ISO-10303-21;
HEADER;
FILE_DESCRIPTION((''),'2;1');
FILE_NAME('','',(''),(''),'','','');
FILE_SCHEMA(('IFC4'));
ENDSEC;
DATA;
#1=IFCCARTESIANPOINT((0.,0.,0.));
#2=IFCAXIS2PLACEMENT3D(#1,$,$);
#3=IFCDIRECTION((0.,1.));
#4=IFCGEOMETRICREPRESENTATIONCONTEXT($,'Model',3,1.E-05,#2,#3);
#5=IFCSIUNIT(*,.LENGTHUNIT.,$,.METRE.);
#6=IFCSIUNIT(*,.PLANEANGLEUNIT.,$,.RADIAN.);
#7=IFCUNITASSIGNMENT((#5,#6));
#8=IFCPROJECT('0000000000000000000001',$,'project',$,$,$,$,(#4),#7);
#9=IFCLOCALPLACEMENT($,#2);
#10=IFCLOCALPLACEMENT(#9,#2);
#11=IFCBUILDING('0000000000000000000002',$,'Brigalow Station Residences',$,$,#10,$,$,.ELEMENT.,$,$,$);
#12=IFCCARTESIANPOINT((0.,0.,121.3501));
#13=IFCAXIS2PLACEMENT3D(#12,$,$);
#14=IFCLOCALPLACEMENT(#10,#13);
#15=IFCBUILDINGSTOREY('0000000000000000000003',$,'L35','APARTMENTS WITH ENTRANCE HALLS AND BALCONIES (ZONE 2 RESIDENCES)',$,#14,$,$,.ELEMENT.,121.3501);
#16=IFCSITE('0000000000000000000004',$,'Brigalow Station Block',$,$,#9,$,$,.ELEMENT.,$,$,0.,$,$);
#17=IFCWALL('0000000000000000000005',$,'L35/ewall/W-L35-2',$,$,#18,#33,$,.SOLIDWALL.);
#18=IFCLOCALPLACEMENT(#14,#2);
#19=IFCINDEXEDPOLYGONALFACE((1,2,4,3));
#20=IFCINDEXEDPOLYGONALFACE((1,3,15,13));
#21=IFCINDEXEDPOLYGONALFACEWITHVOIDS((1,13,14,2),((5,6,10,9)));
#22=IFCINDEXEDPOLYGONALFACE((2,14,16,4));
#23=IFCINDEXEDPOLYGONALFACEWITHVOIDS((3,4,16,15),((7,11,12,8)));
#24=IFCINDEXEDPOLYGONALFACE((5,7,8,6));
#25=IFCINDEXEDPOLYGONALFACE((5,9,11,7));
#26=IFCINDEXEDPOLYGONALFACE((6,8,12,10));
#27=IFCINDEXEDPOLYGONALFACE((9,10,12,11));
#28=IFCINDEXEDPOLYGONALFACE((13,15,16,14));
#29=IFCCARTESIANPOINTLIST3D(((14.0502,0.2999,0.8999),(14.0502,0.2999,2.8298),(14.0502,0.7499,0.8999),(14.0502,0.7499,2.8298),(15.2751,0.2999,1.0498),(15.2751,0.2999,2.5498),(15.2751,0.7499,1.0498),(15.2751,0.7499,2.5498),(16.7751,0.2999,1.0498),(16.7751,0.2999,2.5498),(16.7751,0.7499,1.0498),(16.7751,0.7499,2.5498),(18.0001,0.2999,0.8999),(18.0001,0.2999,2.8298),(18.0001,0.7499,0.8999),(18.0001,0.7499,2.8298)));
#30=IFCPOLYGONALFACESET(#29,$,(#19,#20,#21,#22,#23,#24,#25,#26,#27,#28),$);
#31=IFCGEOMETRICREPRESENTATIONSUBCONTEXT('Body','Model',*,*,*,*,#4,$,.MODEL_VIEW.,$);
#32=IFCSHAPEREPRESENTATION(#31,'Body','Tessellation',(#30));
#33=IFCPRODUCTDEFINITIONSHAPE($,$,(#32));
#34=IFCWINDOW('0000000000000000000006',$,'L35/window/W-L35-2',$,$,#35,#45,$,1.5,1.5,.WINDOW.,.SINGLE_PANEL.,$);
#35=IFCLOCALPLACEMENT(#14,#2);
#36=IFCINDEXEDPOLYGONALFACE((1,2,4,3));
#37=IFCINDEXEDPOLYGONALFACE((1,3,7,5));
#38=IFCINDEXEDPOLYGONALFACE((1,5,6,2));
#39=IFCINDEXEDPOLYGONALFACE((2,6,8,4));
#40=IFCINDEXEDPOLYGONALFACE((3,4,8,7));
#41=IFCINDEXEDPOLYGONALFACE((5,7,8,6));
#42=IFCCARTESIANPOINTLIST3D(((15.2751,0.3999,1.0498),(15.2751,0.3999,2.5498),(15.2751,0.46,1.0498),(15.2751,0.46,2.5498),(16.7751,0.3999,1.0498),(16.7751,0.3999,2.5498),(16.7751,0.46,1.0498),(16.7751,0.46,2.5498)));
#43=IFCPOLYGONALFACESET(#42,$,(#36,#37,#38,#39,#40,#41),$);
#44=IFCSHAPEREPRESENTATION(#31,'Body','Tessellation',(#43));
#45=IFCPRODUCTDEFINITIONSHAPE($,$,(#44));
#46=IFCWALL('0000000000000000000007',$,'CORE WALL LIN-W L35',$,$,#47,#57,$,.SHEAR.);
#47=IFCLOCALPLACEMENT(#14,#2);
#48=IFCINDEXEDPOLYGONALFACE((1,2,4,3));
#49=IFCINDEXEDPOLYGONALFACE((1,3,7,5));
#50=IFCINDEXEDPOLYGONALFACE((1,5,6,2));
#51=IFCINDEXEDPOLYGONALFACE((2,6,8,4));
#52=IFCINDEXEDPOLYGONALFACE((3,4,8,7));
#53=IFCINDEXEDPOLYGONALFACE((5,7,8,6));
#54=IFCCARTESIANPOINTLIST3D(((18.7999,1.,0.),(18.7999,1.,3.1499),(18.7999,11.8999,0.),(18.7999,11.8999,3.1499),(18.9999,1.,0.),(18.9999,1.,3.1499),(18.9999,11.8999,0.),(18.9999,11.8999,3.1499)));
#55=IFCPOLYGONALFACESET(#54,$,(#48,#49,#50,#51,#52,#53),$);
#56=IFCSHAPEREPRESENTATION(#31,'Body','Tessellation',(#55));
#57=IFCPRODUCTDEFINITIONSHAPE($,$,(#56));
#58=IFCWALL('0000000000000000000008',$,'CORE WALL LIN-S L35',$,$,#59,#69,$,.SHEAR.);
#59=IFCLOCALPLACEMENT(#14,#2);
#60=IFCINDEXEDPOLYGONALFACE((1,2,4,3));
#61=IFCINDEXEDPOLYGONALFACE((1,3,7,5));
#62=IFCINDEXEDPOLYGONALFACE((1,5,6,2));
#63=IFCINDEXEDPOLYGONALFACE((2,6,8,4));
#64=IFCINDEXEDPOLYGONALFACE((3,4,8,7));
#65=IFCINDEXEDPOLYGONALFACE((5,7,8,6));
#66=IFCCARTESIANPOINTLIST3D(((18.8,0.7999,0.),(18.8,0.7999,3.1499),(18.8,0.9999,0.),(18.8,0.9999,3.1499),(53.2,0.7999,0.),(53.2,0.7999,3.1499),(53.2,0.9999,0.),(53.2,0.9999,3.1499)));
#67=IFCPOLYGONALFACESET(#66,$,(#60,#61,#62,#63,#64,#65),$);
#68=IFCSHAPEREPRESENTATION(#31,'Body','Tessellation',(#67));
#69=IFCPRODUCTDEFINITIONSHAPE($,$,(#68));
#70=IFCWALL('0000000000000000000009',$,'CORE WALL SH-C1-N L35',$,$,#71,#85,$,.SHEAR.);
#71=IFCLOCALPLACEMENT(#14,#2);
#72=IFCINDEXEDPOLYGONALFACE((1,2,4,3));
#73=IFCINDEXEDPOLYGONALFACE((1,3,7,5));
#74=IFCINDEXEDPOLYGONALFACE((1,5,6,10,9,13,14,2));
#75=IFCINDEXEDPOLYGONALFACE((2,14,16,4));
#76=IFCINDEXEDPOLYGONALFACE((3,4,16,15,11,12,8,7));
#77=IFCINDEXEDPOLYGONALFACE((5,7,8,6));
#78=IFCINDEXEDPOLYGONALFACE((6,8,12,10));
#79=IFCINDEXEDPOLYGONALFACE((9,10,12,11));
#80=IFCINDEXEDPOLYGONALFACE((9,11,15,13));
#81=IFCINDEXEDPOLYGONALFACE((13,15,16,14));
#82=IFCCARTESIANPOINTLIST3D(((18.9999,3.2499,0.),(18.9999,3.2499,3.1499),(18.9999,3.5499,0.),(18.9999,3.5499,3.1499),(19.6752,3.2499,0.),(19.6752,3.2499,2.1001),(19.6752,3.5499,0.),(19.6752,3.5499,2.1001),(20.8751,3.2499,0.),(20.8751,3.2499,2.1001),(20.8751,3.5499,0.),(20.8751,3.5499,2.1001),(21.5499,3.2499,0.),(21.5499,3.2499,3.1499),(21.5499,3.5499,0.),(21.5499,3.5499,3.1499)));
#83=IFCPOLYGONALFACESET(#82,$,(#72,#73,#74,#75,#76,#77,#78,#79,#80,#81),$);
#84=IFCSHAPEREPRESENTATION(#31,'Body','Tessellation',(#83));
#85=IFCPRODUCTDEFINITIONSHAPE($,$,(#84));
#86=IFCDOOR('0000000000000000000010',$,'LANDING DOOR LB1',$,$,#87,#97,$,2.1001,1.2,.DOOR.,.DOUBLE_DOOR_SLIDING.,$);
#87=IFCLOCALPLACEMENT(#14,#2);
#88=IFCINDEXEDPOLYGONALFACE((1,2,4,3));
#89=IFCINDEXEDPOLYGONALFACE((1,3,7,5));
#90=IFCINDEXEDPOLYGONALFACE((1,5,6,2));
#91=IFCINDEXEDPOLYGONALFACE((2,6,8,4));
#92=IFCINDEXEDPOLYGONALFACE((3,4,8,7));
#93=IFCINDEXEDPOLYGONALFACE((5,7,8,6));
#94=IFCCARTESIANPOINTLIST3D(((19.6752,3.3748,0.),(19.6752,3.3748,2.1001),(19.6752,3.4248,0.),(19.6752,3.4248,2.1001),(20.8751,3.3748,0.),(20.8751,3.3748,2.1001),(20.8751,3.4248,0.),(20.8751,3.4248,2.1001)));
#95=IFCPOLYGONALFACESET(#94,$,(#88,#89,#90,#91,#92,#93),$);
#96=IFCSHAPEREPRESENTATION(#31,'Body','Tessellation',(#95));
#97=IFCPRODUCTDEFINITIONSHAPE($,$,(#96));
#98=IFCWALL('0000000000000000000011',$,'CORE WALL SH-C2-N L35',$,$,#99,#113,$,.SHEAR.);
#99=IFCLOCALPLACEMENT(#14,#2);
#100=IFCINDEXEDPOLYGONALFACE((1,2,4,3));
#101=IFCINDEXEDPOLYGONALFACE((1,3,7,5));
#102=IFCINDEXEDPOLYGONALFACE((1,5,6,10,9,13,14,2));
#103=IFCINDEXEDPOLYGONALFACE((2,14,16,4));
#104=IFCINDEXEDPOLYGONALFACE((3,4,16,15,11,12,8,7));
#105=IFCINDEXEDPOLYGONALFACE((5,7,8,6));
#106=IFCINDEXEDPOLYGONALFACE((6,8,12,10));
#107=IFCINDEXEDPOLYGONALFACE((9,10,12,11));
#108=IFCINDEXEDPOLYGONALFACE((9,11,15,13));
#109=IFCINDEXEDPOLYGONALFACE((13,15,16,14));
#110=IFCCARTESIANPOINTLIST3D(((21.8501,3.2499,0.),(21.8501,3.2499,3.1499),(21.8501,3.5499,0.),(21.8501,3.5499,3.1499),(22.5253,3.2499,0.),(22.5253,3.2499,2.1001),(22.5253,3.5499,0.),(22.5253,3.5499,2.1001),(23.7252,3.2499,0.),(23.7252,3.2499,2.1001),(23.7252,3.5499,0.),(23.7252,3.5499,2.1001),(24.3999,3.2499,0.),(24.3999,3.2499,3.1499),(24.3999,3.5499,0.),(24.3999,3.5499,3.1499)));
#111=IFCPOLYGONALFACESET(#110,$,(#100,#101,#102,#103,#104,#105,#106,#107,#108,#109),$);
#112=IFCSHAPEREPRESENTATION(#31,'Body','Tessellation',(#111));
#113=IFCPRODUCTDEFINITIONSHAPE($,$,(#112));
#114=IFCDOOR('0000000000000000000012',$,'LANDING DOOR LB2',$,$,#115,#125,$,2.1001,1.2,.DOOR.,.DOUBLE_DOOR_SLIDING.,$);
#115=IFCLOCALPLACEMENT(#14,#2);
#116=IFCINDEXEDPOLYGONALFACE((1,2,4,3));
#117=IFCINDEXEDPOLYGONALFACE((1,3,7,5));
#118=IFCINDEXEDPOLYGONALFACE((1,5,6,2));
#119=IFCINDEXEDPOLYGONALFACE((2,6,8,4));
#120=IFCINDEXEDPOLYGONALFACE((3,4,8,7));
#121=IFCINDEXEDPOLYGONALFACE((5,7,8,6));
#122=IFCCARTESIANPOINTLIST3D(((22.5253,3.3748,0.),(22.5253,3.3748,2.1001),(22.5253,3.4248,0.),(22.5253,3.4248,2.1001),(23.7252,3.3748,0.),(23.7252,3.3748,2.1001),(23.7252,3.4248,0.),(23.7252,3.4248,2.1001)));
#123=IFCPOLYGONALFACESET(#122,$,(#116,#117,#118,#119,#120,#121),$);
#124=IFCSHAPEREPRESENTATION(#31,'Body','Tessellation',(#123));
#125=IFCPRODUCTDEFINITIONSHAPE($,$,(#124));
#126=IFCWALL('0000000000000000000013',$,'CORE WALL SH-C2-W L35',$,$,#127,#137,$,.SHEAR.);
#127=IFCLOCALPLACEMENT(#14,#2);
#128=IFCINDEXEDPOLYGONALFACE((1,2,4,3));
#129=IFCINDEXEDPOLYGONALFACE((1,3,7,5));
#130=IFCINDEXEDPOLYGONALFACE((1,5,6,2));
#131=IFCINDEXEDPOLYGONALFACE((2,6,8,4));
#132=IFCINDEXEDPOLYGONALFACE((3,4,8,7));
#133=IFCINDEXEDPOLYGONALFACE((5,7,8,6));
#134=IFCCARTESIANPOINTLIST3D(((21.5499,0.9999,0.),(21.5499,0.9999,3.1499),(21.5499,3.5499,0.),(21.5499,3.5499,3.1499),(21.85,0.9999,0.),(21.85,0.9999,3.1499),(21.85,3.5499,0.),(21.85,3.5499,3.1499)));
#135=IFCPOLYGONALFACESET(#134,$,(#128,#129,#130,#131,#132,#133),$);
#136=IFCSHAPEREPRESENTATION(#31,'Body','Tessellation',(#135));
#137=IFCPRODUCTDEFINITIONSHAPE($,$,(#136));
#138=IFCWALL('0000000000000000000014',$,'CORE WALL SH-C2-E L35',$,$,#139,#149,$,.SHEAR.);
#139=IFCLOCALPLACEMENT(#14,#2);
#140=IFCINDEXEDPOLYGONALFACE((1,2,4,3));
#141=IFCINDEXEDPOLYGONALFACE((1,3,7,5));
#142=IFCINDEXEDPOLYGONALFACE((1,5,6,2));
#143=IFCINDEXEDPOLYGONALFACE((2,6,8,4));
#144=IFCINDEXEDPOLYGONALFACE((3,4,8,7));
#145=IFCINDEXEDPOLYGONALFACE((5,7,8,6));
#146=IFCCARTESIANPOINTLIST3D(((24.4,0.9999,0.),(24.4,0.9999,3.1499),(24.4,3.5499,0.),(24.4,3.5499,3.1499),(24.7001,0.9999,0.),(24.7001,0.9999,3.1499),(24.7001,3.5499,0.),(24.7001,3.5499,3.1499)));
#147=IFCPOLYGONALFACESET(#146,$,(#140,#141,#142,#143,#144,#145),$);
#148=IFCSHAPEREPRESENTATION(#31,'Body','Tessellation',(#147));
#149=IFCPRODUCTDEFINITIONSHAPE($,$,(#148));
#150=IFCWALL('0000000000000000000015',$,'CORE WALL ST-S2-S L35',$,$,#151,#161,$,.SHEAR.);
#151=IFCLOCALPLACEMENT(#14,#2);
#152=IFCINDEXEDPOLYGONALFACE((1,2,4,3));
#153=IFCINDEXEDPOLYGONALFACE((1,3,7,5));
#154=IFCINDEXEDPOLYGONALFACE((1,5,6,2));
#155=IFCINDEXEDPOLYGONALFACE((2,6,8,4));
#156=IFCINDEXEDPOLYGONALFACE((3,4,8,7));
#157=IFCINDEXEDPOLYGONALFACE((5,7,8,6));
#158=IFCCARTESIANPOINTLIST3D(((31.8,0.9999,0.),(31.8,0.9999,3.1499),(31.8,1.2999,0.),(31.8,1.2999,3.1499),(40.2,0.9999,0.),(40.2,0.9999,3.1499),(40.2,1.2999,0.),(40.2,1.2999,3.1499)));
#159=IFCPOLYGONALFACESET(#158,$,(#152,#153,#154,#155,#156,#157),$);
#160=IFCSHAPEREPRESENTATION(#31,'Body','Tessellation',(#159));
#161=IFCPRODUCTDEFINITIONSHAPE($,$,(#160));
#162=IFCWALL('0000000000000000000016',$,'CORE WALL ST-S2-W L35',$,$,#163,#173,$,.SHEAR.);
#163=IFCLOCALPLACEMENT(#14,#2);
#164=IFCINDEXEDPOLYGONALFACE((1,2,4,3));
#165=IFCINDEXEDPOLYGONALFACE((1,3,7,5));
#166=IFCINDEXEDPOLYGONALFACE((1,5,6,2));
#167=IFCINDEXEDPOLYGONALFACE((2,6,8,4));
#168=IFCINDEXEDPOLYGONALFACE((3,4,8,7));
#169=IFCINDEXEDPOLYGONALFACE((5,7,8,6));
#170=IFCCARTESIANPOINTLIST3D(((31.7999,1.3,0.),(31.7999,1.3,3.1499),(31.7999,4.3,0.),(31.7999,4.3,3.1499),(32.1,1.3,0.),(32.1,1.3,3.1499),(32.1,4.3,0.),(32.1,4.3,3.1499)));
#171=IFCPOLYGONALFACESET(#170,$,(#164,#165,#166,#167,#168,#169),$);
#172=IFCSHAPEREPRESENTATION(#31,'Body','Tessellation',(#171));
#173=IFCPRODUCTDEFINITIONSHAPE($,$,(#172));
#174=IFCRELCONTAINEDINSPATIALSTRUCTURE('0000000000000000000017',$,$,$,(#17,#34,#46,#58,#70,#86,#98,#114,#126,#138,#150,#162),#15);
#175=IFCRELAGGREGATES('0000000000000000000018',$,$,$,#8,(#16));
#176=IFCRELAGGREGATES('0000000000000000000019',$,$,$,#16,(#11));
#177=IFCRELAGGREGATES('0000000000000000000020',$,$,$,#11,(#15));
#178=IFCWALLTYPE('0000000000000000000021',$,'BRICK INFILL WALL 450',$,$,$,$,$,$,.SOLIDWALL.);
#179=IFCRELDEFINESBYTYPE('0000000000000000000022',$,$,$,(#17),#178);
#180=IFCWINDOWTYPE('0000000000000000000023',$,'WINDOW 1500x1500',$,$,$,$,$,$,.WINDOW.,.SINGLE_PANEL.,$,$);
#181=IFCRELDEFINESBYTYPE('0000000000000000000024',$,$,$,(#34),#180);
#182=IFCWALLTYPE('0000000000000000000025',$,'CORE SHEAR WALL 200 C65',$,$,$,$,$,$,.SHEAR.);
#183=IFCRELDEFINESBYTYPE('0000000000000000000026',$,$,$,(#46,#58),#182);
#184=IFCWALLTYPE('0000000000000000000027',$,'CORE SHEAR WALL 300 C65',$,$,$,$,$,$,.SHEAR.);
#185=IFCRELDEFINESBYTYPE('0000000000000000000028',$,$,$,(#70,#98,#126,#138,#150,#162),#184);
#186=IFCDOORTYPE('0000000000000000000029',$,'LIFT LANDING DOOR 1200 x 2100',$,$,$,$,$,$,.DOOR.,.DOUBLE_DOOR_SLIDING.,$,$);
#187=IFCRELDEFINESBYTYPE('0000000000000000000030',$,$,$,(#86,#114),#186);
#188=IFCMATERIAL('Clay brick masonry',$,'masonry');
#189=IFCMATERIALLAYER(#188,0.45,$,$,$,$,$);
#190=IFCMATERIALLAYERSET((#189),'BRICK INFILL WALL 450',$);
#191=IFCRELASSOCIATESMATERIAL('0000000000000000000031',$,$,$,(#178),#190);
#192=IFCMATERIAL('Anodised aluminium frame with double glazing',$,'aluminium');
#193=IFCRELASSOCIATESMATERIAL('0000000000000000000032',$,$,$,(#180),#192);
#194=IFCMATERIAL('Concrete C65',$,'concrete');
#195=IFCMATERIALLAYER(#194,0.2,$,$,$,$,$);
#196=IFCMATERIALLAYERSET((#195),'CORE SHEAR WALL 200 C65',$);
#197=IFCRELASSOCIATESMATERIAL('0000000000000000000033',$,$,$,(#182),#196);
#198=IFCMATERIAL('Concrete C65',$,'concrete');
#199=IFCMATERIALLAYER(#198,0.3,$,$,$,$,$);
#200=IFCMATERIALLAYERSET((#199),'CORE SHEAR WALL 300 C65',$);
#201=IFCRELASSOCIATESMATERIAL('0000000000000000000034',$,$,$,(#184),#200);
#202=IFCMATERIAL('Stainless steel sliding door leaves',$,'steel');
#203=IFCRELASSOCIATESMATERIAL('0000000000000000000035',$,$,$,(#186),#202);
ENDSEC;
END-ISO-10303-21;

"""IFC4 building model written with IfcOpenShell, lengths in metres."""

from ifc_helpers import new_model, si_unit, direction, frame, frame_2d, origin, place, context, subcontext, project, spatial, rectangle, extrude, material, layer, layer_set, type_object, element, fill, save


model = new_model("IFC4")

# Units and contexts
model_context = context("Model", 3, precision=1e-05, world=origin(), true_north=direction((0.0, 1.0)))
body_context = subcontext(model_context, "Body", "Model", "MODEL_VIEW")
ifc_project = project(units=[si_unit("LENGTHUNIT", "METRE"), si_unit("PLANEANGLEUNIT", "RADIAN")], contexts=[model_context])

# Site, building, storey
site_placement = place(None, origin())
site = spatial("IfcSite", under=ifc_project, at=site_placement, Name="Brigalow Station Block", CompositionType="ELEMENT", RefElevation=0.0)
building_placement = place(site_placement, origin())
building = spatial("IfcBuilding", under=site, at=building_placement, Name="Brigalow Station Residences", CompositionType="ELEMENT")
storey_placement = place(building_placement, frame((0.0, 0.0, 121.3501)))
storey = spatial("IfcBuildingStorey", under=building, at=storey_placement, Name="L35", Description="APARTMENTS WITH ENTRANCE HALLS AND BALCONIES (ZONE 2 RESIDENCES)", CompositionType="ELEMENT", Elevation=121.3501)

# Wall, opening, window
ifc_material_1 = material(Name="Clay brick masonry", Category="masonry")
ifc_layer_1 = layer(ifc_material_1, 0.45)
ifc_layer_set_1 = layer_set([ifc_layer_1], Name="BRICK INFILL WALL 450")
wall_type_1 = type_object("IfcWallType", Name="BRICK INFILL WALL 450", PredefinedType="SOLIDWALL", material=ifc_layer_set_1)
wall_1_placement = place(storey_placement, frame((14.05, 0.5249, 0.8999), z_axis=(0.0, 0.0, 1.0), x_axis=(1.0, 0.0, 0.0)))
wall_1 = element("IfcWall", 1, at=wall_1_placement, inside=storey, type_object=wall_type_1, Name="L35/ewall/W-L35-2", PredefinedType="SOLIDWALL", context=body_context, shape_type="SweptSolid", body=[
    extrude(rectangle(XDim=3.95, YDim=0.45, at=frame_2d((1.9751, 0.0))), origin(), (0.0, 0.0, 1.0), 1.9299),
])
opening_1_placement = place(wall_1_placement, frame((1.2251, 0.0, 0.1499)))
opening_1 = element("IfcOpeningElement", 2, at=opening_1_placement, cuts=wall_1, PredefinedType="OPENING", context=body_context, shape_type="SweptSolid", body=[
    extrude(rectangle(XDim=1.5, YDim=1.5, at=frame_2d((0.75, 0.75))), frame((0.0, 0.2349, 0.0), z_axis=(0.0, -1.0, 0.0), x_axis=(1.0, 0.0, 0.0)), (0.0, 0.0, 1.0), 0.47),
])
ifc_material_2 = material(Name="Anodised aluminium frame with double glazing", Category="aluminium")
window_type = type_object("IfcWindowType", Name="WINDOW 1500x1500", PartitioningType="SINGLE_PANEL", PredefinedType="WINDOW", material=ifc_material_2)
window_placement = place(opening_1_placement, origin())
window = element("IfcWindow", 3, at=window_placement, inside=storey, type_object=window_type, Name="L35/window/W-L35-2", OverallHeight=1.5, OverallWidth=1.5, PartitioningType="SINGLE_PANEL", PredefinedType="WINDOW", context=body_context, shape_type="SweptSolid", body=[
    extrude(rectangle(XDim=1.5, YDim=1.5, at=frame_2d((0.75, 0.75))), frame((0.0, -0.0649, 0.0), z_axis=(0.0, -1.0, 0.0), x_axis=(1.0, 0.0, 0.0)), (0.0, 0.0, 1.0), 0.0601),
])
fill(opening_1, window)

# Walls
ifc_material_3 = material(Name="Concrete C65", Category="concrete")
ifc_layer_2 = layer(ifc_material_3, 0.2)
ifc_layer_set_2 = layer_set([ifc_layer_2], Name="CORE SHEAR WALL 200 C65")
wall_type_2 = type_object("IfcWallType", Name="CORE SHEAR WALL 200 C65", PredefinedType="SHEAR", material=ifc_layer_set_2)
wall_2_placement = place(storey_placement, frame((18.8999, 1.0, 0.0), z_axis=(0.0, 0.0, 1.0), x_axis=(0.0, 1.0, 0.0)))
element("IfcWall", 4, at=wall_2_placement, inside=storey, type_object=wall_type_2, Name="CORE WALL LIN-W L35", PredefinedType="SHEAR", context=body_context, shape_type="SweptSolid", body=[
    extrude(rectangle(XDim=10.8999, YDim=0.2, at=frame_2d((5.45, 0.0))), origin(), (0.0, 0.0, 1.0), 3.1499),
])
wall_3_placement = place(storey_placement, frame((18.8, 0.8999, 0.0), z_axis=(0.0, 0.0, 1.0), x_axis=(1.0, 0.0, 0.0)))
element("IfcWall", 5, at=wall_3_placement, inside=storey, type_object=wall_type_2, Name="CORE WALL LIN-S L35", PredefinedType="SHEAR", context=body_context, shape_type="SweptSolid", body=[
    extrude(rectangle(XDim=34.3999, YDim=0.2, at=frame_2d((17.2, 0.0))), origin(), (0.0, 0.0, 1.0), 3.1499),
])

# Walls, openings, doors
ifc_material_4 = material(Name="Concrete C65", Category="concrete")
ifc_layer_3 = layer(ifc_material_4, 0.3)
ifc_layer_set_3 = layer_set([ifc_layer_3], Name="CORE SHEAR WALL 300 C65")
wall_type_3 = type_object("IfcWallType", Name="CORE SHEAR WALL 300 C65", PredefinedType="SHEAR", material=ifc_layer_set_3)
wall_4_placement = place(storey_placement, frame((19.0, 3.3999, 0.0), z_axis=(0.0, 0.0, 1.0), x_axis=(1.0, 0.0, 0.0)))
wall_4 = element("IfcWall", 6, at=wall_4_placement, inside=storey, type_object=wall_type_3, Name="CORE WALL SH-C1-N L35", PredefinedType="SHEAR", context=body_context, shape_type="SweptSolid", body=[
    extrude(rectangle(XDim=2.55, YDim=0.3, at=frame_2d((1.2749, 0.0))), origin(), (0.0, 0.0, 1.0), 3.1499),
])
opening_2_placement = place(wall_4_placement, frame((0.675, 0.0, 0.0)))
opening_2 = element("IfcOpeningElement", 7, at=opening_2_placement, cuts=wall_4, PredefinedType="OPENING", context=body_context, shape_type="SweptSolid", body=[
    extrude(rectangle(XDim=1.2, YDim=2.1001, at=frame_2d((0.6001, 1.05))), frame((0.0, 0.1602, 0.0), z_axis=(0.0, -1.0, 0.0), x_axis=(1.0, 0.0, 0.0)), (0.0, 0.0, 1.0), 0.3201),
])
ifc_material_5 = material(Name="Stainless steel sliding door leaves", Category="steel")
door_type = type_object("IfcDoorType", Name="LIFT LANDING DOOR 1200 x 2100", OperationType="DOUBLE_DOOR_SLIDING", PredefinedType="DOOR", material=ifc_material_5)
door_1_placement = place(opening_2_placement, origin())
door_1 = element("IfcDoor", 8, at=door_1_placement, inside=storey, type_object=door_type, Name="LANDING DOOR LB1", OperationType="DOUBLE_DOOR_SLIDING", OverallHeight=2.1001, OverallWidth=1.2, PredefinedType="DOOR", context=body_context, shape_type="SweptSolid", body=[
    extrude(rectangle(XDim=1.2, YDim=2.1001, at=frame_2d((0.6001, 1.05))), frame((0.0, 0.0249, 0.0), z_axis=(0.0, -1.0, 0.0), x_axis=(1.0, 0.0, 0.0)), (0.0, 0.0, 1.0), 0.05),
])
fill(opening_2, door_1)
wall_5_placement = place(storey_placement, frame((21.8501, 3.3999, 0.0), z_axis=(0.0, 0.0, 1.0), x_axis=(1.0, 0.0, 0.0)))
wall_5 = element("IfcWall", 9, at=wall_5_placement, inside=storey, type_object=wall_type_3, Name="CORE WALL SH-C2-N L35", PredefinedType="SHEAR", context=body_context, shape_type="SweptSolid", body=[
    extrude(rectangle(XDim=2.5498, YDim=0.3, at=frame_2d((1.2749, 0.0))), origin(), (0.0, 0.0, 1.0), 3.1499),
])
opening_3_placement = place(wall_5_placement, frame((0.675, 0.0, 0.0)))
opening_3 = element("IfcOpeningElement", 10, at=opening_3_placement, cuts=wall_5, PredefinedType="OPENING", context=body_context, shape_type="SweptSolid", body=[
    extrude(rectangle(XDim=1.2, YDim=2.1001, at=frame_2d((0.6001, 1.05))), frame((0.0, 0.1602, 0.0), z_axis=(0.0, -1.0, 0.0), x_axis=(1.0, 0.0, 0.0)), (0.0, 0.0, 1.0), 0.3201),
])
door_2_placement = place(opening_3_placement, origin())
door_2 = element("IfcDoor", 11, at=door_2_placement, inside=storey, type_object=door_type, Name="LANDING DOOR LB2", OperationType="DOUBLE_DOOR_SLIDING", OverallHeight=2.1001, OverallWidth=1.2, PredefinedType="DOOR", context=body_context, shape_type="SweptSolid", body=[
    extrude(rectangle(XDim=1.2, YDim=2.1001, at=frame_2d((0.6001, 1.05))), frame((0.0, 0.0249, 0.0), z_axis=(0.0, -1.0, 0.0), x_axis=(1.0, 0.0, 0.0)), (0.0, 0.0, 1.0), 0.05),
])
fill(opening_3, door_2)

# Walls
for number, where, z_axis, x_axis, name in (
    (12, (21.7, 1.0, 0.0), (0.0, 0.0, 1.0), (0.0, 1.0, 0.0), "CORE WALL SH-C2-W L35"),
    (13, (24.55, 1.0, 0.0), (0.0, 0.0, 1.0), (0.0, 1.0, 0.0), "CORE WALL SH-C2-E L35"),
):
    element("IfcWall", number, at=place(storey_placement, frame(where, z_axis=z_axis, x_axis=x_axis)), inside=storey, type_object=wall_type_3, Name=name, PredefinedType="SHEAR", context=body_context, shape_type="SweptSolid", body=[
        extrude(rectangle(XDim=2.55, YDim=0.3, at=frame_2d((1.2749, 0.0))), origin(), (0.0, 0.0, 1.0), 3.1499),
    ])
wall_6_placement = place(storey_placement, frame((31.8, 1.1499, 0.0), z_axis=(0.0, 0.0, 1.0), x_axis=(1.0, 0.0, 0.0)))
element("IfcWall", 14, at=wall_6_placement, inside=storey, type_object=wall_type_3, Name="CORE WALL ST-S2-S L35", PredefinedType="SHEAR", context=body_context, shape_type="SweptSolid", body=[
    extrude(rectangle(XDim=8.3999, YDim=0.3, at=frame_2d((4.2, 0.0))), origin(), (0.0, 0.0, 1.0), 3.1499),
])
wall_7_placement = place(storey_placement, frame((31.95, 1.3, 0.0), z_axis=(0.0, 0.0, 1.0), x_axis=(0.0, 1.0, 0.0)))
element("IfcWall", 15, at=wall_7_placement, inside=storey, type_object=wall_type_3, Name="CORE WALL ST-S2-W L35", PredefinedType="SHEAR", context=body_context, shape_type="SweptSolid", body=[
    extrude(rectangle(XDim=3.0, YDim=0.3, at=frame_2d((1.5, 0.0))), origin(), (0.0, 0.0, 1.0), 3.1499),
])

save(model, "model.ifc")
